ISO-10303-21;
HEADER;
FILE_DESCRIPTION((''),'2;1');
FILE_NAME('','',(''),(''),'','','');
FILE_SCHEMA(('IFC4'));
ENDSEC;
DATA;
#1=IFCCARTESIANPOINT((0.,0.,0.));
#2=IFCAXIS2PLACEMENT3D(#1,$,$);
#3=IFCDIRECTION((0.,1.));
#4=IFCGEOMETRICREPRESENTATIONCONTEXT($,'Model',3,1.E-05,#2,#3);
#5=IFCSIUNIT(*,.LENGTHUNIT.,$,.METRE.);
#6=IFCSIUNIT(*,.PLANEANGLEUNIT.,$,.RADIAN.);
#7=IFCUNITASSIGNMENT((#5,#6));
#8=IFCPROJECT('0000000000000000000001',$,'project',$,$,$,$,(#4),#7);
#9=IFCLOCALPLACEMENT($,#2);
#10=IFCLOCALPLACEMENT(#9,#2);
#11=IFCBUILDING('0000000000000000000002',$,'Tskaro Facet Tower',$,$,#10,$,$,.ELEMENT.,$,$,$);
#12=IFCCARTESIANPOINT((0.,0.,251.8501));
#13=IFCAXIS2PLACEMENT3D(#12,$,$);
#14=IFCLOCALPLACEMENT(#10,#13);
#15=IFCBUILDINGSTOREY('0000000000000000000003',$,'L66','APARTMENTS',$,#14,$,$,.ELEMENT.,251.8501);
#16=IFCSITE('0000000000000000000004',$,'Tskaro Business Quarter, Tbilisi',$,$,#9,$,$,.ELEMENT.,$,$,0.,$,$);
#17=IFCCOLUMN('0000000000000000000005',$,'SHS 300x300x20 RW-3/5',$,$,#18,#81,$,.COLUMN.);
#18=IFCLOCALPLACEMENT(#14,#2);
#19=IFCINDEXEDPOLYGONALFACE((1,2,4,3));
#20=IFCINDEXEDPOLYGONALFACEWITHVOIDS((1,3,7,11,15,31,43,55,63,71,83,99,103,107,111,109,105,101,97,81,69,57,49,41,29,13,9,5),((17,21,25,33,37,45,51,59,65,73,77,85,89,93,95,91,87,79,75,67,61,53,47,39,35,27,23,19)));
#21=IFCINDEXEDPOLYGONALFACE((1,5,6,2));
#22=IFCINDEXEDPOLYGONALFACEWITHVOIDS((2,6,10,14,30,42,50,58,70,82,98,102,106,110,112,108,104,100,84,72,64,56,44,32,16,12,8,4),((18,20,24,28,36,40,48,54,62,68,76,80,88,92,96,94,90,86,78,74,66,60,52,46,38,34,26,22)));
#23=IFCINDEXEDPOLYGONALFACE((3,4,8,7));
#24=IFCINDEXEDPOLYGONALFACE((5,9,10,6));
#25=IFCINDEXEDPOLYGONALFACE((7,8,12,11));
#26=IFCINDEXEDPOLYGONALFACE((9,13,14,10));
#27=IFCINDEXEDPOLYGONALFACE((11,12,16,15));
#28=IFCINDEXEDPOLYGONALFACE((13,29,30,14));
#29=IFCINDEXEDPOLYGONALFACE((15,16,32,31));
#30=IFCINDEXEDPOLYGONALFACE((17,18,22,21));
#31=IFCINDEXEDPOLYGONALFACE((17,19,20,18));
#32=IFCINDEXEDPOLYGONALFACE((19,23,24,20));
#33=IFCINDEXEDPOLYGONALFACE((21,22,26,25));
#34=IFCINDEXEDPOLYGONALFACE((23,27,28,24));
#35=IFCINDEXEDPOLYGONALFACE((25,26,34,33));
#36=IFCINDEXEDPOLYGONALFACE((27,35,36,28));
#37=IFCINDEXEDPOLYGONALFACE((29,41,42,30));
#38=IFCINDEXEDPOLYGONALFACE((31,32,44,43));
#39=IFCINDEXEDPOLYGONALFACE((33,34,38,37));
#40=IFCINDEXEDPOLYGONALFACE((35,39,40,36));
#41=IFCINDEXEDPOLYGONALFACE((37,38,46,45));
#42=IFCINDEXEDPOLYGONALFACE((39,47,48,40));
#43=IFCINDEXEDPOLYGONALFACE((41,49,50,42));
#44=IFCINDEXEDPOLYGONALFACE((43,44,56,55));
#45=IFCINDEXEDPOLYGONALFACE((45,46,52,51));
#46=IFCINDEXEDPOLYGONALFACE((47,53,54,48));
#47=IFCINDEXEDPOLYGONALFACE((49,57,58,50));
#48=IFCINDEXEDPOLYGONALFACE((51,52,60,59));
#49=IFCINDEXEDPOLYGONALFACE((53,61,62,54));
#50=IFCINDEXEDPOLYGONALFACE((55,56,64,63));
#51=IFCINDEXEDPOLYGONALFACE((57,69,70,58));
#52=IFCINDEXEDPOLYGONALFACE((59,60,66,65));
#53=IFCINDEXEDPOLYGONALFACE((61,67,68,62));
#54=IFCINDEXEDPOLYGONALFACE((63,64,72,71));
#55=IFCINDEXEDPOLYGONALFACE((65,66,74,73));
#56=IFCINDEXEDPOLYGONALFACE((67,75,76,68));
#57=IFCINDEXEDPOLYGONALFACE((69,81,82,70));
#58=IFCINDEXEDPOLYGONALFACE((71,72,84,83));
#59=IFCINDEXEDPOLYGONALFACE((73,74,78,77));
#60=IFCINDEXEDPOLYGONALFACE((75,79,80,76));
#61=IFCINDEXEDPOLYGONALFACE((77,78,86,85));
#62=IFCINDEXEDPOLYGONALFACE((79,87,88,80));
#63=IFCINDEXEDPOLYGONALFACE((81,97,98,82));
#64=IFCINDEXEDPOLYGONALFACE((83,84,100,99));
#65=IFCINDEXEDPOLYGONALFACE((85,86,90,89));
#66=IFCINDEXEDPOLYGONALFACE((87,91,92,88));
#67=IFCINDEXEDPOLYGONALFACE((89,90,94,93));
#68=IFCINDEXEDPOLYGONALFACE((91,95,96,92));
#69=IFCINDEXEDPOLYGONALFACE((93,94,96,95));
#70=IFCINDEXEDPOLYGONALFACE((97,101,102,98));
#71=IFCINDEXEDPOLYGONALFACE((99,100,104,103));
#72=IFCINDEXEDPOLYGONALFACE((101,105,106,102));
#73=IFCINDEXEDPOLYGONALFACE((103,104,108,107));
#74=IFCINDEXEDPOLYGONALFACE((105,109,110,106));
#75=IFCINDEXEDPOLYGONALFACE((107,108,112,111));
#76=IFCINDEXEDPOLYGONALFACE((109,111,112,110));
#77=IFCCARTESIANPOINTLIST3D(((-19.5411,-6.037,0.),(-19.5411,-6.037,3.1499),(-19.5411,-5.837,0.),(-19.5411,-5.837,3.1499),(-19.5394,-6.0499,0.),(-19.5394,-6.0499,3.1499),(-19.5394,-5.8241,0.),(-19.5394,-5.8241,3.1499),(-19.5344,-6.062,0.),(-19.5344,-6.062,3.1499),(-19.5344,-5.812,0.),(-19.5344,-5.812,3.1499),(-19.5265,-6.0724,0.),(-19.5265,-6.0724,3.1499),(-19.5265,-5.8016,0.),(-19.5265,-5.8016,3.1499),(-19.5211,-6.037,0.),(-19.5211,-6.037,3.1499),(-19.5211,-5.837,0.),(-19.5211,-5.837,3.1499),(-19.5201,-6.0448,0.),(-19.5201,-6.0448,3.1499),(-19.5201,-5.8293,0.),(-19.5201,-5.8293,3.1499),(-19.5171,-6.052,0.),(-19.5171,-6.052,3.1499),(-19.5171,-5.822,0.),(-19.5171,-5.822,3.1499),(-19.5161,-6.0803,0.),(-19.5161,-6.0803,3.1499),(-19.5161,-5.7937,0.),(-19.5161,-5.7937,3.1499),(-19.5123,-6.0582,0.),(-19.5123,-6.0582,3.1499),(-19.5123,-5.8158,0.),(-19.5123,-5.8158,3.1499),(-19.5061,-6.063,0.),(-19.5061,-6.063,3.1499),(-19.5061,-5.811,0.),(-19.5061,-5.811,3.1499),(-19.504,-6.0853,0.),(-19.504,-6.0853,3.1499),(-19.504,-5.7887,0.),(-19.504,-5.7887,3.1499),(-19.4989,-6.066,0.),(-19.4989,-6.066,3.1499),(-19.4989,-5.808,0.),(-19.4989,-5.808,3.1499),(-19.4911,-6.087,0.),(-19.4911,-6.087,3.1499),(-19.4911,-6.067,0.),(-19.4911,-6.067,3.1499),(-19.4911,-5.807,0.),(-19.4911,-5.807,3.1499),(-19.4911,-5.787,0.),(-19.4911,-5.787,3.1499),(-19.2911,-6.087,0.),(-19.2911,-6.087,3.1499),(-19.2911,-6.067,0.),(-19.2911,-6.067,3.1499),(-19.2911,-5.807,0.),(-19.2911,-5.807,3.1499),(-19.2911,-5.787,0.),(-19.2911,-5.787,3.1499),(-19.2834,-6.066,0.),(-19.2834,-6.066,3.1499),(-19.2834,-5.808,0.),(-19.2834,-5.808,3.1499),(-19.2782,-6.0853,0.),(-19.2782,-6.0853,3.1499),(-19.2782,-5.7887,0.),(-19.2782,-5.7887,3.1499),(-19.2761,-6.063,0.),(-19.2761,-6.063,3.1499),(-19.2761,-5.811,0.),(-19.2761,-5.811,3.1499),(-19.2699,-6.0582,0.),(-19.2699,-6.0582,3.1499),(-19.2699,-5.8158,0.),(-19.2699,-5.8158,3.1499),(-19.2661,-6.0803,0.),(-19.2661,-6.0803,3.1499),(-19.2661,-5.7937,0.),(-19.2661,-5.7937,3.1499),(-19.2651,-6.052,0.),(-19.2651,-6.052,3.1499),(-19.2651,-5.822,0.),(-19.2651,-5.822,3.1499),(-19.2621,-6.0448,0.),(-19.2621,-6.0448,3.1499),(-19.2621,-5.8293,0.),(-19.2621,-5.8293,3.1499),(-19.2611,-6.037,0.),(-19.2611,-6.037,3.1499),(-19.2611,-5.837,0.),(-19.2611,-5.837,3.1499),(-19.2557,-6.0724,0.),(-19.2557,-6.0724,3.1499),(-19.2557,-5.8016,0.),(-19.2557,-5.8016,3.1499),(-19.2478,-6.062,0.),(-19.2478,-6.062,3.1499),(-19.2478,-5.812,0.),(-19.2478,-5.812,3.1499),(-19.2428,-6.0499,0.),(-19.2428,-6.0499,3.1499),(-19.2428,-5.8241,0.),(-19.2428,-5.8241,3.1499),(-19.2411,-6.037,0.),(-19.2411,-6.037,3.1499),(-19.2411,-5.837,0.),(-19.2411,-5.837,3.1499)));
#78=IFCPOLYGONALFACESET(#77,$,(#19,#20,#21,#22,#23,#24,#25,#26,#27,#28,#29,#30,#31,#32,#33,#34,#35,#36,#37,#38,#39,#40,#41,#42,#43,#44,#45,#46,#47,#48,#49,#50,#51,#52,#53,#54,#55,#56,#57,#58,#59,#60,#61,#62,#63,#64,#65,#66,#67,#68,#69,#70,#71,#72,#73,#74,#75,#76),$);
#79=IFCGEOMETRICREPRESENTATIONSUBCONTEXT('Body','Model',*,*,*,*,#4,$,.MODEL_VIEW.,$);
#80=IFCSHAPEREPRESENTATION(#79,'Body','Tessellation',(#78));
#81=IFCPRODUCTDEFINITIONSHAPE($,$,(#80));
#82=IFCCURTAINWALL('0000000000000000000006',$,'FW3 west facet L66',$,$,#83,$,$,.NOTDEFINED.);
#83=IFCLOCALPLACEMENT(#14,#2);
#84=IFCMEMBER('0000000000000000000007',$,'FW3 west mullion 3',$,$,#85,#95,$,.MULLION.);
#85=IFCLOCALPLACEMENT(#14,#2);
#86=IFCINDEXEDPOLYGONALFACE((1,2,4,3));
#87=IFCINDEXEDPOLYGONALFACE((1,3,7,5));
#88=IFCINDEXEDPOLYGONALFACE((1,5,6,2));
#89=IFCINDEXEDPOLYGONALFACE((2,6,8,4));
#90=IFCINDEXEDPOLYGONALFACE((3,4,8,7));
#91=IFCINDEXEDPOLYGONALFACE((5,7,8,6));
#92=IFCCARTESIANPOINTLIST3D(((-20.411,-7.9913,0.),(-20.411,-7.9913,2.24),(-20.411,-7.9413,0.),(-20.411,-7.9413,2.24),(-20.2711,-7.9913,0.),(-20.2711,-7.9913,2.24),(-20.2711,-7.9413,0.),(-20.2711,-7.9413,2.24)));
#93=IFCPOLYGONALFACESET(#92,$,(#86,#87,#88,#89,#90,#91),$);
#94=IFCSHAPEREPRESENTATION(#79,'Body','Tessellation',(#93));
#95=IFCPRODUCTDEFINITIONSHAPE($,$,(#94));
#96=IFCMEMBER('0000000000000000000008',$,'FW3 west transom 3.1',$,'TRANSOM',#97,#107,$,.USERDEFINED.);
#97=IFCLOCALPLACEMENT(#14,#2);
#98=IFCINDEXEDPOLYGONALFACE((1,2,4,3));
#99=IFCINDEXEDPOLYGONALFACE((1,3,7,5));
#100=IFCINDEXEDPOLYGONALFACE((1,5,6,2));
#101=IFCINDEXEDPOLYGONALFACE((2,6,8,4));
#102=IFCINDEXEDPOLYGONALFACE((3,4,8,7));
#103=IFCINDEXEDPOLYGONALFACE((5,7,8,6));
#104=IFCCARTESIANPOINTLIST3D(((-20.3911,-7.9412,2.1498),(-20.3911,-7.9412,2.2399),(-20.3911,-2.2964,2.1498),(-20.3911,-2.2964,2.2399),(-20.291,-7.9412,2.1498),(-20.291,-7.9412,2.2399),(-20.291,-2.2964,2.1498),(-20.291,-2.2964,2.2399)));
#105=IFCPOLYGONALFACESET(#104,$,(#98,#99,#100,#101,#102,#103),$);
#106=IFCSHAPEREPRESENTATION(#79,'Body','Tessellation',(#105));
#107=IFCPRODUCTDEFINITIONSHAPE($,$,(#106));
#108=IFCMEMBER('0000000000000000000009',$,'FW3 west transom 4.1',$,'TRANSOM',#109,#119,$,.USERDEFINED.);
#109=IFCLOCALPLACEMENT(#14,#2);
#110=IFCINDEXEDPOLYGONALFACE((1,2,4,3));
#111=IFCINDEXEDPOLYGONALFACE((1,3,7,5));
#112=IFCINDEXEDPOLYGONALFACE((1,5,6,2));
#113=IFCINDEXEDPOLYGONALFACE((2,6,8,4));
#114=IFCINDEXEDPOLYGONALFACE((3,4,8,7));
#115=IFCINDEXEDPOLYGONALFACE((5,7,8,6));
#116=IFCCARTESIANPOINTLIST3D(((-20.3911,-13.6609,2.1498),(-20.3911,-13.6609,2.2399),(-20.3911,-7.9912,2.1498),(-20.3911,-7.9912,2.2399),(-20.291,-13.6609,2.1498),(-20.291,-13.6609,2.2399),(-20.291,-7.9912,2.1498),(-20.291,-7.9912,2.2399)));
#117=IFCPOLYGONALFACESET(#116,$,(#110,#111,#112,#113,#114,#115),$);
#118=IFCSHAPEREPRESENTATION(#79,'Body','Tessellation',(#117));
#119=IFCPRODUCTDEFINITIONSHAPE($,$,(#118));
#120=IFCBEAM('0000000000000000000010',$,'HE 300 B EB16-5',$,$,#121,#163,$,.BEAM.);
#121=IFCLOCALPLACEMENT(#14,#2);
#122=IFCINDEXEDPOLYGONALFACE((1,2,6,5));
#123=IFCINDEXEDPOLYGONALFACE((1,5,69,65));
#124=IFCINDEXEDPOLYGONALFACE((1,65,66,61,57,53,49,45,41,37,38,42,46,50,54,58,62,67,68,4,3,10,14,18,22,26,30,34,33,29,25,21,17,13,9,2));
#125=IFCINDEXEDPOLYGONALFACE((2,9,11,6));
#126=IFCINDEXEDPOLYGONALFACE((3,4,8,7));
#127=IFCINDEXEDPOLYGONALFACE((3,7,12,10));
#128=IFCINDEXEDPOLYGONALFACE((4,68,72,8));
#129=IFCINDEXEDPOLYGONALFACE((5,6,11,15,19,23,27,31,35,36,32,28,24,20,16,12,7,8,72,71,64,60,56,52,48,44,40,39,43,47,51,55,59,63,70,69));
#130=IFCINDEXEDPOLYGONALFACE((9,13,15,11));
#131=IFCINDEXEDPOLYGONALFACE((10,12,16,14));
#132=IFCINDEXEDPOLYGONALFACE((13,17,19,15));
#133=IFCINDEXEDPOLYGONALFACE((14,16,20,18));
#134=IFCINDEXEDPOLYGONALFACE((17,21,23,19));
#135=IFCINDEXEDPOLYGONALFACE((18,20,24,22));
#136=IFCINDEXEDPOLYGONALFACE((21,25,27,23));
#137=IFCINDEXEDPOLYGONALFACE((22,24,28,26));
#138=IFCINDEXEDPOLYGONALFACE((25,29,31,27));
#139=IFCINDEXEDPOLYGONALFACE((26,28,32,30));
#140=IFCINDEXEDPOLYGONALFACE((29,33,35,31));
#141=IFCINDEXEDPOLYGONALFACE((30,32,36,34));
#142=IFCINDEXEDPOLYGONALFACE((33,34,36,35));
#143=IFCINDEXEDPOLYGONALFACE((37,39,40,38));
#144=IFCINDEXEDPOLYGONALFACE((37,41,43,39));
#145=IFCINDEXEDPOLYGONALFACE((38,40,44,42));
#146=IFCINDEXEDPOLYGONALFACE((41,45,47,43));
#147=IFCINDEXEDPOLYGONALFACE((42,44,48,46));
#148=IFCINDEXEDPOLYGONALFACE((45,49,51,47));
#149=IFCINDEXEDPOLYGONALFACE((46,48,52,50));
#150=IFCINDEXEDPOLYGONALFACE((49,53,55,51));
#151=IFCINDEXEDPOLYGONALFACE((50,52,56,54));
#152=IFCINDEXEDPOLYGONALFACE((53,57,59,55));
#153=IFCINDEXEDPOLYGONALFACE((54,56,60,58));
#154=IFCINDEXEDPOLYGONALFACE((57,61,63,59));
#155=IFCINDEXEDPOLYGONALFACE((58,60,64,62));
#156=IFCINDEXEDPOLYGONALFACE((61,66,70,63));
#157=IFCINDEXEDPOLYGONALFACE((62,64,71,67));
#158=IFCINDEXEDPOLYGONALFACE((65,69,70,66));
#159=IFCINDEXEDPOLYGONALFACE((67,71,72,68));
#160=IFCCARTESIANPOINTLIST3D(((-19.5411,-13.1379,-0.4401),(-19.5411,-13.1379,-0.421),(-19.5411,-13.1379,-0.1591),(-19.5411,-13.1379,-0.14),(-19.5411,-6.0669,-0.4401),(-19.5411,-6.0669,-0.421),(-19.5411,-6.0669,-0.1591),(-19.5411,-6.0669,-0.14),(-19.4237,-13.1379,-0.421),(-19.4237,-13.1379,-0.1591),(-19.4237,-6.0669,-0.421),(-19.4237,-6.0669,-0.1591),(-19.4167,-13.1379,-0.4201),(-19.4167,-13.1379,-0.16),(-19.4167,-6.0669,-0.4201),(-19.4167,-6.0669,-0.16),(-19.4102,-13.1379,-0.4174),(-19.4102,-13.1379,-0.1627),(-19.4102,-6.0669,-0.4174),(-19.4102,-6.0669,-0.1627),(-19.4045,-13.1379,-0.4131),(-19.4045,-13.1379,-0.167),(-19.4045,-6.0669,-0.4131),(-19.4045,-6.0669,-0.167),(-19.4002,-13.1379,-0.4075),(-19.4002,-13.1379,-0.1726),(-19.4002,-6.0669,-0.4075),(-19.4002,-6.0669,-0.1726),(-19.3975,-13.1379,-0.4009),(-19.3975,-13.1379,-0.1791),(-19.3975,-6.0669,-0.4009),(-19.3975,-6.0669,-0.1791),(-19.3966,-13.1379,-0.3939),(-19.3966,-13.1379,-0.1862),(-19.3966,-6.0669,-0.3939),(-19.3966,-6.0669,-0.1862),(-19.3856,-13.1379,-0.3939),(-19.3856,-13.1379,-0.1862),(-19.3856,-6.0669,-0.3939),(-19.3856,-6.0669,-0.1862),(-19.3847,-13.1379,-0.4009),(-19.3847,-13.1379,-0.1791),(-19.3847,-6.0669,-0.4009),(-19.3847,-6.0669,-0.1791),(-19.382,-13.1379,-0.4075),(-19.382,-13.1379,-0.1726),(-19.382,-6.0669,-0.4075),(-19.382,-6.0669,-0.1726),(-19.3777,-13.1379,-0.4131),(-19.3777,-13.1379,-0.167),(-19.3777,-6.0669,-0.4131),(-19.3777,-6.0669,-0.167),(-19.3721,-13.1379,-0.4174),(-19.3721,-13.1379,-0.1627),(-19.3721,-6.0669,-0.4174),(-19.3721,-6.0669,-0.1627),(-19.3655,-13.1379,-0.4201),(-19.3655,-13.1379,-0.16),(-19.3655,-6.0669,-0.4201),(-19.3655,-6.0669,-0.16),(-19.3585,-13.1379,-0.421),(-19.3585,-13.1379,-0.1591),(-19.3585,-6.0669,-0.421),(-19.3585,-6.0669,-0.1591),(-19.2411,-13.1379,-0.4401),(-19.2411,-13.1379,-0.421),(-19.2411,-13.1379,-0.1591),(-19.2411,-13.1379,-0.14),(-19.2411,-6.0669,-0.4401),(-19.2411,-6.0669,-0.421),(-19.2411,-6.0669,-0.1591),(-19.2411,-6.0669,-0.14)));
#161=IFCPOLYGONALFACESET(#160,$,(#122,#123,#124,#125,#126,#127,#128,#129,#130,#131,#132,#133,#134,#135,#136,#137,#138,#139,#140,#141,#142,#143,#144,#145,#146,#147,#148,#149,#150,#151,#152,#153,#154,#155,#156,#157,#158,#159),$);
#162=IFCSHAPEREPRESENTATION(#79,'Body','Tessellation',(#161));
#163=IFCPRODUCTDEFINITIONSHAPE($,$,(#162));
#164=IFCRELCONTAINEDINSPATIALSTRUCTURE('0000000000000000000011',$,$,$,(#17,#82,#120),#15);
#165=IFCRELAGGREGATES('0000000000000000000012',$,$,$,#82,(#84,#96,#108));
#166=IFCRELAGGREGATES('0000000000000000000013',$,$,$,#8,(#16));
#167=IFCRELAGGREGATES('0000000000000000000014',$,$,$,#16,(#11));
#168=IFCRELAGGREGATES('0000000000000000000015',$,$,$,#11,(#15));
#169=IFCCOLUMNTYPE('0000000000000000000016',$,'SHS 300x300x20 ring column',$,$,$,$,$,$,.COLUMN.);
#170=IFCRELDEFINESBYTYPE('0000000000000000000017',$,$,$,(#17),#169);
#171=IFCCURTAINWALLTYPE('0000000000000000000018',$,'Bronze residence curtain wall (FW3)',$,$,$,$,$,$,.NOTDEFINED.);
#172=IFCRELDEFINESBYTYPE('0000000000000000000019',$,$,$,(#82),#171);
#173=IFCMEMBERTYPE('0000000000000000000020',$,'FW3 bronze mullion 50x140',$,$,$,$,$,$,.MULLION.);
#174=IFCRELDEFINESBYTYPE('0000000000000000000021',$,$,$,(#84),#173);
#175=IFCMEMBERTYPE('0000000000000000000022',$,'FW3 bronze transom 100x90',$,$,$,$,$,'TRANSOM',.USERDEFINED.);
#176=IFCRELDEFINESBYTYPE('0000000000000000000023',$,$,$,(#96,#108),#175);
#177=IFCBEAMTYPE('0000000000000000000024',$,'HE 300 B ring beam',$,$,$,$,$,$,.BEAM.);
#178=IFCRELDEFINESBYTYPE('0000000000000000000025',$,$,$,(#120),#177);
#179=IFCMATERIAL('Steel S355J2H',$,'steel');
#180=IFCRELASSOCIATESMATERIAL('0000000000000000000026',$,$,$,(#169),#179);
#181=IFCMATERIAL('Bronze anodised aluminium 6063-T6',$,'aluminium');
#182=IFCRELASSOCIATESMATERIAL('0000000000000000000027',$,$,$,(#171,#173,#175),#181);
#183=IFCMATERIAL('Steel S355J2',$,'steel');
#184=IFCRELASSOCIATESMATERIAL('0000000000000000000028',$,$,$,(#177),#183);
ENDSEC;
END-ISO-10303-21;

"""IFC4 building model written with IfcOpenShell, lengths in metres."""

from ifc_helpers import new_model, si_unit, direction, frame, origin, origin_2d, place, context, subcontext, project, spatial, rectangle, hollow_rectangle, i_section, extrude, material, material_profile, profile_set, type_object, element, aggregate, save


model = new_model("IFC4")

# Units and contexts
model_context = context("Model", 3, precision=1e-05, world=origin(), true_north=direction((0.0, 1.0)))
body_context = subcontext(model_context, "Body", "Model", "MODEL_VIEW")
ifc_project = project(units=[si_unit("LENGTHUNIT", "METRE"), si_unit("PLANEANGLEUNIT", "RADIAN")], contexts=[model_context])

# Site, building, storey
site_placement = place(None, origin())
site = spatial("IfcSite", under=ifc_project, at=site_placement, Name="Tskaro Business Quarter, Tbilisi", CompositionType="ELEMENT", RefElevation=0.0)
building_placement = place(site_placement, origin())
building = spatial("IfcBuilding", under=site, at=building_placement, Name="Tskaro Facet Tower", CompositionType="ELEMENT")
storey_placement = place(building_placement, frame((0.0, 0.0, 251.8501)))
storey = spatial("IfcBuildingStorey", under=building, at=storey_placement, Name="L66", Description="APARTMENTS", CompositionType="ELEMENT", Elevation=251.8501)

# Column
ifc_material_1 = material(Name="Steel S355J2H", Category="steel")
ifc_material_profile_1 = material_profile(ifc_material_1, hollow_rectangle(XDim=0.3, YDim=0.3, WallThickness=0.02, InnerFilletRadius=0.03, OuterFilletRadius=0.05, at=origin_2d()), Name="SHS 300x300x20")
ifc_profile_set_1 = profile_set([ifc_material_profile_1], Name="Steel S355J2H")
column_type = type_object("IfcColumnType", Name="SHS 300x300x20 ring column", PredefinedType="COLUMN", material=ifc_profile_set_1)
column_placement = place(storey_placement, frame((-19.3911, -5.937, 0.0), z_axis=(0.0, 0.0, 1.0), x_axis=(1.0, 0.0, 0.0)))
element("IfcColumn", 1, at=column_placement, inside=storey, type_object=column_type, Name="SHS 300x300x20 RW-3/5", PredefinedType="COLUMN", context=body_context, shape_type="SweptSolid", body=[
    extrude(hollow_rectangle(XDim=0.3, YDim=0.3, WallThickness=0.02, InnerFilletRadius=0.03, OuterFilletRadius=0.05, at=origin_2d()), origin(), (0.0, 0.0, 1.0), 3.1499),
])

# Curtain wall, members
ifc_material_2 = material(Name="Bronze anodised aluminium 6063-T6", Category="aluminium")
curtain_wall_type = type_object("IfcCurtainWallType", Name="Bronze residence curtain wall (FW3)", PredefinedType="NOTDEFINED", material=ifc_material_2)
curtain_wall_placement = place(storey_placement, origin())
curtain_wall = element("IfcCurtainWall", 2, at=curtain_wall_placement, inside=storey, type_object=curtain_wall_type, Name="FW3 west facet L66", PredefinedType="NOTDEFINED")
ifc_material_profile_2 = material_profile(ifc_material_2, rectangle(XDim=0.05, YDim=0.1399, at=origin_2d()), Name="Mullion 50x140")
ifc_profile_set_2 = profile_set([ifc_material_profile_2], Name="Bronze anodised aluminium 6063-T6")
member_type_1 = type_object("IfcMemberType", Name="FW3 bronze mullion 50x140", PredefinedType="MULLION", material=ifc_profile_set_2)
member_1_placement = place(storey_placement, frame((-20.3411, -7.9663, 0.0), z_axis=(0.0, 0.0, 1.0), x_axis=(0.0, -1.0, 0.0)))
member_1 = element("IfcMember", 3, at=member_1_placement, type_object=member_type_1, Name="FW3 west mullion 3", PredefinedType="MULLION", context=body_context, shape_type="SweptSolid", body=[
    extrude(rectangle(XDim=0.05, YDim=0.1399, at=origin_2d()), origin(), (0.0, 0.0, 1.0), 2.24),
])
ifc_material_profile_3 = material_profile(ifc_material_2, rectangle(XDim=0.1001, YDim=0.0901, at=origin_2d()), Name="Transom 100x90")
ifc_profile_set_3 = profile_set([ifc_material_profile_3], Name="Bronze anodised aluminium 6063-T6")
member_type_2 = type_object("IfcMemberType", Name="FW3 bronze transom 100x90", ElementType="TRANSOM", PredefinedType="USERDEFINED", material=ifc_profile_set_3)
member_2_placement = place(storey_placement, frame((-20.3411, -2.2964, 2.1948), z_axis=(0.0, -1.0, 0.0), x_axis=(1.0, 0.0, 0.0)))
member_2 = element("IfcMember", 4, at=member_2_placement, type_object=member_type_2, Name="FW3 west transom 3.1", ObjectType="TRANSOM", PredefinedType="USERDEFINED", context=body_context, shape_type="SweptSolid", body=[
    extrude(rectangle(XDim=0.1001, YDim=0.0901, at=origin_2d()), origin(), (0.0, 0.0, 1.0), 5.6448),
])
member_3_placement = place(storey_placement, frame((-20.3411, -7.9912, 2.1948), z_axis=(0.0, -1.0, 0.0), x_axis=(1.0, 0.0, 0.0)))
member_3 = element("IfcMember", 5, at=member_3_placement, type_object=member_type_2, Name="FW3 west transom 4.1", ObjectType="TRANSOM", PredefinedType="USERDEFINED", context=body_context, shape_type="SweptSolid", body=[
    extrude(rectangle(XDim=0.1001, YDim=0.0901, at=origin_2d()), origin(), (0.0, 0.0, 1.0), 5.6697),
])

# Beam
ifc_material_3 = material(Name="Steel S355J2", Category="steel")
ifc_material_profile_4 = material_profile(ifc_material_3, i_section(OverallWidth=0.3, OverallDepth=0.3, WebThickness=0.011, FlangeThickness=0.019, FilletRadius=0.0271, at=origin_2d()), Name="HE 300 B")
ifc_profile_set_4 = profile_set([ifc_material_profile_4], Name="Steel S355J2")
beam_type_1 = type_object("IfcBeamType", Name="HE 300 B ring beam", PredefinedType="BEAM", material=ifc_profile_set_4)
beam_1_placement = place(storey_placement, frame((-19.3911, -6.0669, -0.29), z_axis=(0.0, -1.0, 0.0), x_axis=(1.0, 0.0, 0.0)))
element("IfcBeam", 6, at=beam_1_placement, inside=storey, type_object=beam_type_1, Name="HE 300 B EB16-5", PredefinedType="BEAM", context=body_context, shape_type="SweptSolid", body=[
    extrude(i_section(OverallWidth=0.3, OverallDepth=0.3, WebThickness=0.011, FlangeThickness=0.019, FilletRadius=0.0271, at=origin_2d()), origin(), (0.0, 0.0, 1.0), 7.071),
])

aggregate(curtain_wall, [member_1, member_2, member_3])

save(model, "model.ifc")
